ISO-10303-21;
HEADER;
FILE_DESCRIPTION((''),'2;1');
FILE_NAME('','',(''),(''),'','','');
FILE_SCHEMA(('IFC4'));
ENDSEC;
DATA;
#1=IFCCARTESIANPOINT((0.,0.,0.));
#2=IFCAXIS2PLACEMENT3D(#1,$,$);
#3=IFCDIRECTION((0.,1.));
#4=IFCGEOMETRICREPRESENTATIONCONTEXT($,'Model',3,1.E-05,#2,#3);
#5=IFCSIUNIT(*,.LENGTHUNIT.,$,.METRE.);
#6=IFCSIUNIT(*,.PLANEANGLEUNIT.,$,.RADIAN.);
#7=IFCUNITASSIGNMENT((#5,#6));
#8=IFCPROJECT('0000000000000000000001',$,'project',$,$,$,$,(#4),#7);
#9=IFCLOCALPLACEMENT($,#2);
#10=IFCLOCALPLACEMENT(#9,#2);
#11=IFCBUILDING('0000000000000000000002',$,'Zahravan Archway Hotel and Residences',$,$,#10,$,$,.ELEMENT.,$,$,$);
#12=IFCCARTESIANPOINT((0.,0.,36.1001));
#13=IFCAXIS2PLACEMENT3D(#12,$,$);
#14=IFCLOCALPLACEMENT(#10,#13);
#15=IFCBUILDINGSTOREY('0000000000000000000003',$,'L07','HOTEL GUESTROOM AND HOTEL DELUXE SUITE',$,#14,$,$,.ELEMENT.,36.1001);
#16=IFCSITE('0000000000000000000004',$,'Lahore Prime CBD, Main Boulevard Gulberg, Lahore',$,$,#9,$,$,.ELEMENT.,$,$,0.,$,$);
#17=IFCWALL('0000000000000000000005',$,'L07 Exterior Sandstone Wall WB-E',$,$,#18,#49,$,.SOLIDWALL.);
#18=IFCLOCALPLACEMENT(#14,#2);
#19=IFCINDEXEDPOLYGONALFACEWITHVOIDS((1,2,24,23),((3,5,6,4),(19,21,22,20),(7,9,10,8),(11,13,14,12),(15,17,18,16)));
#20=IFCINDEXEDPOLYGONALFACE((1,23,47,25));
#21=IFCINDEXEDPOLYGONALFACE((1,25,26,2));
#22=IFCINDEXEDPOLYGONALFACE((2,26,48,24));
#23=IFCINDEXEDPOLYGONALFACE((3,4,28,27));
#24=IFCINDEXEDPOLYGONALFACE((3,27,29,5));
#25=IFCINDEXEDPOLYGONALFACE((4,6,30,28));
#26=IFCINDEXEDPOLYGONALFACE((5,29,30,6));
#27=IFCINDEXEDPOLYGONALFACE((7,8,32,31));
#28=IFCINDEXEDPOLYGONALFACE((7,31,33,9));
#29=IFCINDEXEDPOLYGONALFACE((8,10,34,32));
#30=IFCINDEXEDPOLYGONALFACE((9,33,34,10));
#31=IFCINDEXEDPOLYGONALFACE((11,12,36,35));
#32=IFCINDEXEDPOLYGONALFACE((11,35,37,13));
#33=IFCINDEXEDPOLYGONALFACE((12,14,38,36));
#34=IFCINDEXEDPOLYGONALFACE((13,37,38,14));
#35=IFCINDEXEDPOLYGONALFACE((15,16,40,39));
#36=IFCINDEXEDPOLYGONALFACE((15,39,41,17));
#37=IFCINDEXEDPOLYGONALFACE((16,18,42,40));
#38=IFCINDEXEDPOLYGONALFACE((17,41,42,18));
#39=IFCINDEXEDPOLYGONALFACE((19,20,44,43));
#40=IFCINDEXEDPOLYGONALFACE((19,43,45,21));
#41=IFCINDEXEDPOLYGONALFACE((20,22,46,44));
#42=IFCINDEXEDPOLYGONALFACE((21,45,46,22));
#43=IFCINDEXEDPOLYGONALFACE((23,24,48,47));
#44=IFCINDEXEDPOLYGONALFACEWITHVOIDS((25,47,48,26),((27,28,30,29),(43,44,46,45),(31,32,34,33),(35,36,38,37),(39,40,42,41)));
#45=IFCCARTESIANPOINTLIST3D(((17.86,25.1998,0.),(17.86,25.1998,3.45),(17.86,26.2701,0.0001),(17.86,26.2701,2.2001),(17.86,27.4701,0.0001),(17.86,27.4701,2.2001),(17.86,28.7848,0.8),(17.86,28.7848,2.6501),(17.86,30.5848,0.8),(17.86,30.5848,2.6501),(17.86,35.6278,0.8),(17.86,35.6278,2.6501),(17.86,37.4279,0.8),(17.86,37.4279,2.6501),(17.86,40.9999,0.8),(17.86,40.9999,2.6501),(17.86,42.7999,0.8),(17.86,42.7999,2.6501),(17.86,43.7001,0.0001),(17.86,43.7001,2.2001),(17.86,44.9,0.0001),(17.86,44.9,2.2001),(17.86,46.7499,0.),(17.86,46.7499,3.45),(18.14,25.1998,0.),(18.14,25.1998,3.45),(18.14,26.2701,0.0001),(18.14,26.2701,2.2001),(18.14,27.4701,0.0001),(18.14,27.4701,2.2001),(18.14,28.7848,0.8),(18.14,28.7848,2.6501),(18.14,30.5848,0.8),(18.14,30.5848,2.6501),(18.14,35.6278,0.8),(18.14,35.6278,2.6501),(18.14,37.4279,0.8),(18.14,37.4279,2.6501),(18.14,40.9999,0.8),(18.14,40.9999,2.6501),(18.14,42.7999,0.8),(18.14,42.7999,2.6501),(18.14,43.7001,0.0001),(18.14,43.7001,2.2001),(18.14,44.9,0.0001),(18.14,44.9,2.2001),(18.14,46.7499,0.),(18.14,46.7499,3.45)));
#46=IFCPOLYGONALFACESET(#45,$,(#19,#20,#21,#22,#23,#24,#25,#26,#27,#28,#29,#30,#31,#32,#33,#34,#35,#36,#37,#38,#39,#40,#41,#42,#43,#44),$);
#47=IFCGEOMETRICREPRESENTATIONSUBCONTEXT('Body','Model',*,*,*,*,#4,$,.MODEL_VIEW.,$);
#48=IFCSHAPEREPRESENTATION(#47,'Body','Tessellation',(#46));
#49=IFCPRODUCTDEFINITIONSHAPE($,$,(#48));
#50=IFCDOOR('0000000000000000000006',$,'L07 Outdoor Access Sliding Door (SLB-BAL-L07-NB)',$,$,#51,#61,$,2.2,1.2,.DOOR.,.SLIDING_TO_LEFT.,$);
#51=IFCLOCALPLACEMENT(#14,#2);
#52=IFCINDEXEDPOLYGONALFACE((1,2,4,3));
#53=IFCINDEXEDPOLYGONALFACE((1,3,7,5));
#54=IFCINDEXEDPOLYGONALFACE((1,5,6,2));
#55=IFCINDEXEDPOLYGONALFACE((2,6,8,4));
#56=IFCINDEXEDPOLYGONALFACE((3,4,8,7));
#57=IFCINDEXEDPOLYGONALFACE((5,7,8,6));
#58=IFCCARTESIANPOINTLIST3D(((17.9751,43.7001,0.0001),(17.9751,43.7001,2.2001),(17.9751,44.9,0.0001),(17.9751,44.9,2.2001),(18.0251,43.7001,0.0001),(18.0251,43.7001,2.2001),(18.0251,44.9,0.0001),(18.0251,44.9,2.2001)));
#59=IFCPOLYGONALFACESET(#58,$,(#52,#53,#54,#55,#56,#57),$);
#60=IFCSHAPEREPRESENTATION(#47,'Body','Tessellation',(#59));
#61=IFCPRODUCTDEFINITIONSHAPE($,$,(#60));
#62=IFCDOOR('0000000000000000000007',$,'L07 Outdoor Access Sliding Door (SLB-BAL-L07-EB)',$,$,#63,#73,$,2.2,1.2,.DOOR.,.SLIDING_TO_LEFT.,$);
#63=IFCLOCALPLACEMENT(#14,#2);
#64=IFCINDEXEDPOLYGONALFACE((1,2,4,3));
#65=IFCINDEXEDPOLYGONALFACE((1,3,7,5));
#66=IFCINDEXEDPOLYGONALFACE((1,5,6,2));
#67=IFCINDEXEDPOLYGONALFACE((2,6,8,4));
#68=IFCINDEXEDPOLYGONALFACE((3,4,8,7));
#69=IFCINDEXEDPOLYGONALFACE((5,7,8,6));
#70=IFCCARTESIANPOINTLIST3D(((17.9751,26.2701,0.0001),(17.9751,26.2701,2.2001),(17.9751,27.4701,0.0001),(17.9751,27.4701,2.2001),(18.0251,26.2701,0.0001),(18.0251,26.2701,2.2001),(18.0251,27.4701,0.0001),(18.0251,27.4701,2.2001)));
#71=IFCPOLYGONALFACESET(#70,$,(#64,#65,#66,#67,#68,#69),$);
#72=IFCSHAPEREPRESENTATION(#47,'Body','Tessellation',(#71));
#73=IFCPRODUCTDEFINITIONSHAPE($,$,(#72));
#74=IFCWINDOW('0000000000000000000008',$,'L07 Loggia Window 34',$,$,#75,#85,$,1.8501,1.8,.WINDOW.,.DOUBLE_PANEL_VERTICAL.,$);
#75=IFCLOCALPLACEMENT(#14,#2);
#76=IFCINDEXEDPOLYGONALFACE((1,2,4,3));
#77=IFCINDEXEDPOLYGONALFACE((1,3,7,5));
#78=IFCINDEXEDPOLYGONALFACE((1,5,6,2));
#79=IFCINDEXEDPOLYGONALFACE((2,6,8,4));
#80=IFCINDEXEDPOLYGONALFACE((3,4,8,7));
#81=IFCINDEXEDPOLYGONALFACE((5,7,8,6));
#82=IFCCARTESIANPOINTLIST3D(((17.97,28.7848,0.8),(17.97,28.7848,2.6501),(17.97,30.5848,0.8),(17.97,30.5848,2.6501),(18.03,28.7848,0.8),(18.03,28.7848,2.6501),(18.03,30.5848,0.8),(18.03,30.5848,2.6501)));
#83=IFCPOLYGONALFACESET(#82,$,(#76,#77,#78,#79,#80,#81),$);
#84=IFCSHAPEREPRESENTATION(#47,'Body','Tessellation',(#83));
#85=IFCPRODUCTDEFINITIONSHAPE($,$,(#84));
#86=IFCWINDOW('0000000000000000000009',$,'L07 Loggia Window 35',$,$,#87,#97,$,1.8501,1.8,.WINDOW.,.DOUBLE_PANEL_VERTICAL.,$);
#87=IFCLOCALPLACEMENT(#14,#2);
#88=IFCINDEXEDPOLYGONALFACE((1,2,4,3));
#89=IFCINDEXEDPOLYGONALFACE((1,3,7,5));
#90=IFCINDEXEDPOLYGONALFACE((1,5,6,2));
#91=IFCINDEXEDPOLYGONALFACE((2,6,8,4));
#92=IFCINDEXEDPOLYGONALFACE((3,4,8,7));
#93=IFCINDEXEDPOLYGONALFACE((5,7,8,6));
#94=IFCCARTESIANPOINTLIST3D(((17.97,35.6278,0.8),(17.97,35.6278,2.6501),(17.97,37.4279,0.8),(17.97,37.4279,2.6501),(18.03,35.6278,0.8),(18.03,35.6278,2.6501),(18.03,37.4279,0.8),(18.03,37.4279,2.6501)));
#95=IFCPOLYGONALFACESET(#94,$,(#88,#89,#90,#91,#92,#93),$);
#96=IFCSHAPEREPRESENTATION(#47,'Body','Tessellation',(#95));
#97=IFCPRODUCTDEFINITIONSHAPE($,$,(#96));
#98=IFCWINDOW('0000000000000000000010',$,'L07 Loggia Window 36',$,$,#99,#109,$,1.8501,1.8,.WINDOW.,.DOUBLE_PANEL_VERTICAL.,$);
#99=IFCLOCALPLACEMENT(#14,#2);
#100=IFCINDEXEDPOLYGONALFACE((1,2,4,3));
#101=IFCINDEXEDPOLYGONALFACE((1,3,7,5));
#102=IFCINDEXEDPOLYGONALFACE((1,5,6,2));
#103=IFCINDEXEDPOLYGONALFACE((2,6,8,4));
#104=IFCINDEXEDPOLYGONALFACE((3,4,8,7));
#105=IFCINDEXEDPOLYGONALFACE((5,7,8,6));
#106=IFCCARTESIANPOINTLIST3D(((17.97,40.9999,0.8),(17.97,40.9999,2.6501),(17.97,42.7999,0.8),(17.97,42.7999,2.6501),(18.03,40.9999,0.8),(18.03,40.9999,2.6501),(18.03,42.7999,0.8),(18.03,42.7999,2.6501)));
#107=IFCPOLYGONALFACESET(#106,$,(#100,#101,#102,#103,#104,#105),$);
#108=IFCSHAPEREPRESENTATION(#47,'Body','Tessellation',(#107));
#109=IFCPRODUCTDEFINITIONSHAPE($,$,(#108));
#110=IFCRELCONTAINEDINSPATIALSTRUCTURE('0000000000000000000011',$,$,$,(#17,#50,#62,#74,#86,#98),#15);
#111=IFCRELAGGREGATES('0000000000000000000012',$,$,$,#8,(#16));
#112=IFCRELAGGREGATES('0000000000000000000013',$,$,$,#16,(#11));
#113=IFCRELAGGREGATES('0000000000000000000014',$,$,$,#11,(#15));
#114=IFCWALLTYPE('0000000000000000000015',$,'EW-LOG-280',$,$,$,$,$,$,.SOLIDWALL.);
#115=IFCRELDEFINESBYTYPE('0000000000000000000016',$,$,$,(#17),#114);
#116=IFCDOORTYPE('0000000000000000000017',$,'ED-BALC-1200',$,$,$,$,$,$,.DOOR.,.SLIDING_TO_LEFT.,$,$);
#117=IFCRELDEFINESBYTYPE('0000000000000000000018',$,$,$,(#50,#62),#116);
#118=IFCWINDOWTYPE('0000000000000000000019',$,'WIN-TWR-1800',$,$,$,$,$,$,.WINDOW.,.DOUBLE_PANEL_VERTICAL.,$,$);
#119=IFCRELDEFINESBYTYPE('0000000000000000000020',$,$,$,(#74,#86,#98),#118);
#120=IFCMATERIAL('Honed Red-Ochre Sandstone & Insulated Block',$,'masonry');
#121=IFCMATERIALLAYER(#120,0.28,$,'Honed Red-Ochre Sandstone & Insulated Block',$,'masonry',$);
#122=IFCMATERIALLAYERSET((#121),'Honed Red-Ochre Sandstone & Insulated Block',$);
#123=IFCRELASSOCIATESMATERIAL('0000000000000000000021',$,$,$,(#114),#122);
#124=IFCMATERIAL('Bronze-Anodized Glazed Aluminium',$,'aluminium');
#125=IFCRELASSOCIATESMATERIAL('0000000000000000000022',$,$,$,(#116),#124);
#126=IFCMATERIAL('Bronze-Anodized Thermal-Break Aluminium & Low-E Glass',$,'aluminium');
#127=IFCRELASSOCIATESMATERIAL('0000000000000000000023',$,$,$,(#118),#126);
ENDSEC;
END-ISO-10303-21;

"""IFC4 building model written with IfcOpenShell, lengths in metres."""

from ifc_helpers import new_model, si_unit, direction, frame, frame_2d, origin, place, context, subcontext, project, spatial, rectangle, extrude, source, transform, mapped, material, layer, layer_set, type_object, type_shapes, element, fill, save


model = new_model("IFC4")

# Units and contexts
model_context = context("Model", 3, precision=1e-05, world=origin(), true_north=direction((0.0, 1.0)))
body_context = subcontext(model_context, "Body", "Model", "MODEL_VIEW")
ifc_project = project(units=[si_unit("LENGTHUNIT", "METRE"), si_unit("PLANEANGLEUNIT", "RADIAN")], contexts=[model_context])

# Site, building, storey
site_placement = place(None, origin())
site = spatial("IfcSite", under=ifc_project, at=site_placement, Name="Lahore Prime CBD, Main Boulevard Gulberg, Lahore", CompositionType="ELEMENT", RefElevation=0.0)
building_placement = place(site_placement, origin())
building = spatial("IfcBuilding", under=site, at=building_placement, Name="Zahravan Archway Hotel and Residences", CompositionType="ELEMENT")
storey_placement = place(building_placement, frame((0.0, 0.0, 36.1001)))
storey = spatial("IfcBuildingStorey", under=building, at=storey_placement, Name="L07", Description="HOTEL GUESTROOM AND HOTEL DELUXE SUITE", CompositionType="ELEMENT", Elevation=36.1001)

# Wall, openings, doors, windows
ifc_material_1 = material(Name="Honed Red-Ochre Sandstone & Insulated Block", Category="masonry")
ifc_layer_1 = layer(ifc_material_1, 0.28, Name="Honed Red-Ochre Sandstone & Insulated Block", Category="masonry")
ifc_layer_set_1 = layer_set([ifc_layer_1], Name="Honed Red-Ochre Sandstone & Insulated Block")
wall_type_1 = type_object("IfcWallType", Name="EW-LOG-280", PredefinedType="SOLIDWALL", material=ifc_layer_set_1)
wall_1_placement = place(storey_placement, frame((18.0, 25.2, 0.0), z_axis=(0.0, 0.0, 1.0), x_axis=(0.0, 1.0, 0.0)))
wall_1 = element("IfcWall", 1, at=wall_1_placement, inside=storey, type_object=wall_type_1, Name="L07 Exterior Sandstone Wall WB-E", PredefinedType="SOLIDWALL", context=body_context, shape_type="SweptSolid", body=[
    extrude(rectangle(XDim=21.55, YDim=0.28, at=frame_2d((10.7749, 0.0))), origin(), (0.0, 0.0, 1.0), 3.45),
])
opening_1_placement = place(wall_1_placement, frame((18.5, 0.0, 0.0)))
opening_1 = element("IfcOpeningElement", 2, at=opening_1_placement, cuts=wall_1, PredefinedType="OPENING", context=body_context, shape_type="SweptSolid", body=[
    extrude(rectangle(XDim=1.2, YDim=2.2, at=frame_2d((0.6001, 1.1001))), frame((0.0, 0.1499, 0.0), z_axis=(0.0, -1.0, 0.0), x_axis=(1.0, 0.0, 0.0)), (0.0, 0.0, 1.0), 0.3),
])
opening_2_placement = place(wall_1_placement, frame((1.0701, 0.0, 0.0)))
opening_2 = element("IfcOpeningElement", 3, at=opening_2_placement, cuts=wall_1, PredefinedType="OPENING", context=body_context, shape_type="SweptSolid", body=[
    extrude(rectangle(XDim=1.2, YDim=2.2, at=frame_2d((0.6001, 1.1001))), frame((0.0, 0.1499, 0.0), z_axis=(0.0, -1.0, 0.0), x_axis=(1.0, 0.0, 0.0)), (0.0, 0.0, 1.0), 0.3),
])
opening_3_placement = place(wall_1_placement, frame((3.585, 0.0, 0.8)))
opening_3 = element("IfcOpeningElement", 4, at=opening_3_placement, cuts=wall_1, PredefinedType="OPENING", context=body_context, shape_type="SweptSolid", body=[
    extrude(rectangle(XDim=1.8, YDim=1.8501, at=frame_2d((0.8999, 0.925))), frame((0.0, 0.1499, 0.0), z_axis=(0.0, -1.0, 0.0), x_axis=(1.0, 0.0, 0.0)), (0.0, 0.0, 1.0), 0.3),
])
opening_4_placement = place(wall_1_placement, frame((10.428, 0.0, 0.8)))
opening_4 = element("IfcOpeningElement", 5, at=opening_4_placement, cuts=wall_1, PredefinedType="OPENING", context=body_context, shape_type="SweptSolid", body=[
    extrude(rectangle(XDim=1.8, YDim=1.8501, at=frame_2d((0.8999, 0.925))), frame((0.0, 0.1499, 0.0), z_axis=(0.0, -1.0, 0.0), x_axis=(1.0, 0.0, 0.0)), (0.0, 0.0, 1.0), 0.3),
])
opening_5_placement = place(wall_1_placement, frame((15.8, 0.0, 0.8)))
opening_5 = element("IfcOpeningElement", 6, at=opening_5_placement, cuts=wall_1, PredefinedType="OPENING", context=body_context, shape_type="SweptSolid", body=[
    extrude(rectangle(XDim=1.8, YDim=1.8501, at=frame_2d((0.8999, 0.925))), frame((0.0, 0.1499, 0.0), z_axis=(0.0, -1.0, 0.0), x_axis=(1.0, 0.0, 0.0)), (0.0, 0.0, 1.0), 0.3),
])
ifc_material_2 = material(Name="Bronze-Anodized Glazed Aluminium", Category="aluminium")
door_type_1 = type_object("IfcDoorType", Name="ED-BALC-1200", OperationType="SLIDING_TO_LEFT", PredefinedType="DOOR", material=ifc_material_2)
shared_shape_1 = source(origin(), body_context, "Body", "SweptSolid", [
    extrude(rectangle(XDim=1.2, YDim=2.2, at=frame_2d((0.6001, 1.1001))), frame((0.0, 0.0249, 0.0), z_axis=(0.0, -1.0, 0.0), x_axis=(1.0, 0.0, 0.0)), (0.0, 0.0, 1.0), 0.05),
])
type_shapes(door_type_1, [shared_shape_1])
door_1_placement = place(opening_1_placement, origin())
door_1 = element("IfcDoor", 7, at=door_1_placement, inside=storey, type_object=door_type_1, Name="L07 Outdoor Access Sliding Door (SLB-BAL-L07-NB)", OperationType="SLIDING_TO_LEFT", OverallHeight=2.2, OverallWidth=1.2, PredefinedType="DOOR", context=body_context, shape_type="MappedRepresentation", body=[
    mapped(shared_shape_1, transform((0.0, 0.0, 0.0), scale=1.0)),
])
fill(opening_1, door_1)
door_2_placement = place(opening_2_placement, origin())
door_2 = element("IfcDoor", 8, at=door_2_placement, inside=storey, type_object=door_type_1, Name="L07 Outdoor Access Sliding Door (SLB-BAL-L07-EB)", OperationType="SLIDING_TO_LEFT", OverallHeight=2.2, OverallWidth=1.2, PredefinedType="DOOR", context=body_context, shape_type="MappedRepresentation", body=[
    mapped(shared_shape_1, transform((0.0, 0.0, 0.0), scale=1.0)),
])
fill(opening_2, door_2)
ifc_material_3 = material(Name="Bronze-Anodized Thermal-Break Aluminium & Low-E Glass", Category="aluminium")
window_type = type_object("IfcWindowType", Name="WIN-TWR-1800", PartitioningType="DOUBLE_PANEL_VERTICAL", PredefinedType="WINDOW", material=ifc_material_3)
shared_shape_2 = source(origin(), body_context, "Body", "SweptSolid", [
    extrude(rectangle(XDim=1.8, YDim=1.8501, at=frame_2d((0.8999, 0.925))), frame((0.0, 0.03, 0.0), z_axis=(0.0, -1.0, 0.0), x_axis=(1.0, 0.0, 0.0)), (0.0, 0.0, 1.0), 0.0601),
])
type_shapes(window_type, [shared_shape_2])
window_1_placement = place(opening_3_placement, origin())
window_1 = element("IfcWindow", 9, at=window_1_placement, inside=storey, type_object=window_type, Name="L07 Loggia Window 34", OverallHeight=1.8501, OverallWidth=1.8, PartitioningType="DOUBLE_PANEL_VERTICAL", PredefinedType="WINDOW", context=body_context, shape_type="MappedRepresentation", body=[
    mapped(shared_shape_2, transform((0.0, 0.0, 0.0), scale=1.0)),
])
fill(opening_3, window_1)
window_2_placement = place(opening_4_placement, origin())
window_2 = element("IfcWindow", 10, at=window_2_placement, inside=storey, type_object=window_type, Name="L07 Loggia Window 35", OverallHeight=1.8501, OverallWidth=1.8, PartitioningType="DOUBLE_PANEL_VERTICAL", PredefinedType="WINDOW", context=body_context, shape_type="MappedRepresentation", body=[
    mapped(shared_shape_2, transform((0.0, 0.0, 0.0), scale=1.0)),
])
fill(opening_4, window_2)
window_3_placement = place(opening_5_placement, origin())
window_3 = element("IfcWindow", 11, at=window_3_placement, inside=storey, type_object=window_type, Name="L07 Loggia Window 36", OverallHeight=1.8501, OverallWidth=1.8, PartitioningType="DOUBLE_PANEL_VERTICAL", PredefinedType="WINDOW", context=body_context, shape_type="MappedRepresentation", body=[
    mapped(shared_shape_2, transform((0.0, 0.0, 0.0), scale=1.0)),
])
fill(opening_5, window_3)

save(model, "model.ifc")
